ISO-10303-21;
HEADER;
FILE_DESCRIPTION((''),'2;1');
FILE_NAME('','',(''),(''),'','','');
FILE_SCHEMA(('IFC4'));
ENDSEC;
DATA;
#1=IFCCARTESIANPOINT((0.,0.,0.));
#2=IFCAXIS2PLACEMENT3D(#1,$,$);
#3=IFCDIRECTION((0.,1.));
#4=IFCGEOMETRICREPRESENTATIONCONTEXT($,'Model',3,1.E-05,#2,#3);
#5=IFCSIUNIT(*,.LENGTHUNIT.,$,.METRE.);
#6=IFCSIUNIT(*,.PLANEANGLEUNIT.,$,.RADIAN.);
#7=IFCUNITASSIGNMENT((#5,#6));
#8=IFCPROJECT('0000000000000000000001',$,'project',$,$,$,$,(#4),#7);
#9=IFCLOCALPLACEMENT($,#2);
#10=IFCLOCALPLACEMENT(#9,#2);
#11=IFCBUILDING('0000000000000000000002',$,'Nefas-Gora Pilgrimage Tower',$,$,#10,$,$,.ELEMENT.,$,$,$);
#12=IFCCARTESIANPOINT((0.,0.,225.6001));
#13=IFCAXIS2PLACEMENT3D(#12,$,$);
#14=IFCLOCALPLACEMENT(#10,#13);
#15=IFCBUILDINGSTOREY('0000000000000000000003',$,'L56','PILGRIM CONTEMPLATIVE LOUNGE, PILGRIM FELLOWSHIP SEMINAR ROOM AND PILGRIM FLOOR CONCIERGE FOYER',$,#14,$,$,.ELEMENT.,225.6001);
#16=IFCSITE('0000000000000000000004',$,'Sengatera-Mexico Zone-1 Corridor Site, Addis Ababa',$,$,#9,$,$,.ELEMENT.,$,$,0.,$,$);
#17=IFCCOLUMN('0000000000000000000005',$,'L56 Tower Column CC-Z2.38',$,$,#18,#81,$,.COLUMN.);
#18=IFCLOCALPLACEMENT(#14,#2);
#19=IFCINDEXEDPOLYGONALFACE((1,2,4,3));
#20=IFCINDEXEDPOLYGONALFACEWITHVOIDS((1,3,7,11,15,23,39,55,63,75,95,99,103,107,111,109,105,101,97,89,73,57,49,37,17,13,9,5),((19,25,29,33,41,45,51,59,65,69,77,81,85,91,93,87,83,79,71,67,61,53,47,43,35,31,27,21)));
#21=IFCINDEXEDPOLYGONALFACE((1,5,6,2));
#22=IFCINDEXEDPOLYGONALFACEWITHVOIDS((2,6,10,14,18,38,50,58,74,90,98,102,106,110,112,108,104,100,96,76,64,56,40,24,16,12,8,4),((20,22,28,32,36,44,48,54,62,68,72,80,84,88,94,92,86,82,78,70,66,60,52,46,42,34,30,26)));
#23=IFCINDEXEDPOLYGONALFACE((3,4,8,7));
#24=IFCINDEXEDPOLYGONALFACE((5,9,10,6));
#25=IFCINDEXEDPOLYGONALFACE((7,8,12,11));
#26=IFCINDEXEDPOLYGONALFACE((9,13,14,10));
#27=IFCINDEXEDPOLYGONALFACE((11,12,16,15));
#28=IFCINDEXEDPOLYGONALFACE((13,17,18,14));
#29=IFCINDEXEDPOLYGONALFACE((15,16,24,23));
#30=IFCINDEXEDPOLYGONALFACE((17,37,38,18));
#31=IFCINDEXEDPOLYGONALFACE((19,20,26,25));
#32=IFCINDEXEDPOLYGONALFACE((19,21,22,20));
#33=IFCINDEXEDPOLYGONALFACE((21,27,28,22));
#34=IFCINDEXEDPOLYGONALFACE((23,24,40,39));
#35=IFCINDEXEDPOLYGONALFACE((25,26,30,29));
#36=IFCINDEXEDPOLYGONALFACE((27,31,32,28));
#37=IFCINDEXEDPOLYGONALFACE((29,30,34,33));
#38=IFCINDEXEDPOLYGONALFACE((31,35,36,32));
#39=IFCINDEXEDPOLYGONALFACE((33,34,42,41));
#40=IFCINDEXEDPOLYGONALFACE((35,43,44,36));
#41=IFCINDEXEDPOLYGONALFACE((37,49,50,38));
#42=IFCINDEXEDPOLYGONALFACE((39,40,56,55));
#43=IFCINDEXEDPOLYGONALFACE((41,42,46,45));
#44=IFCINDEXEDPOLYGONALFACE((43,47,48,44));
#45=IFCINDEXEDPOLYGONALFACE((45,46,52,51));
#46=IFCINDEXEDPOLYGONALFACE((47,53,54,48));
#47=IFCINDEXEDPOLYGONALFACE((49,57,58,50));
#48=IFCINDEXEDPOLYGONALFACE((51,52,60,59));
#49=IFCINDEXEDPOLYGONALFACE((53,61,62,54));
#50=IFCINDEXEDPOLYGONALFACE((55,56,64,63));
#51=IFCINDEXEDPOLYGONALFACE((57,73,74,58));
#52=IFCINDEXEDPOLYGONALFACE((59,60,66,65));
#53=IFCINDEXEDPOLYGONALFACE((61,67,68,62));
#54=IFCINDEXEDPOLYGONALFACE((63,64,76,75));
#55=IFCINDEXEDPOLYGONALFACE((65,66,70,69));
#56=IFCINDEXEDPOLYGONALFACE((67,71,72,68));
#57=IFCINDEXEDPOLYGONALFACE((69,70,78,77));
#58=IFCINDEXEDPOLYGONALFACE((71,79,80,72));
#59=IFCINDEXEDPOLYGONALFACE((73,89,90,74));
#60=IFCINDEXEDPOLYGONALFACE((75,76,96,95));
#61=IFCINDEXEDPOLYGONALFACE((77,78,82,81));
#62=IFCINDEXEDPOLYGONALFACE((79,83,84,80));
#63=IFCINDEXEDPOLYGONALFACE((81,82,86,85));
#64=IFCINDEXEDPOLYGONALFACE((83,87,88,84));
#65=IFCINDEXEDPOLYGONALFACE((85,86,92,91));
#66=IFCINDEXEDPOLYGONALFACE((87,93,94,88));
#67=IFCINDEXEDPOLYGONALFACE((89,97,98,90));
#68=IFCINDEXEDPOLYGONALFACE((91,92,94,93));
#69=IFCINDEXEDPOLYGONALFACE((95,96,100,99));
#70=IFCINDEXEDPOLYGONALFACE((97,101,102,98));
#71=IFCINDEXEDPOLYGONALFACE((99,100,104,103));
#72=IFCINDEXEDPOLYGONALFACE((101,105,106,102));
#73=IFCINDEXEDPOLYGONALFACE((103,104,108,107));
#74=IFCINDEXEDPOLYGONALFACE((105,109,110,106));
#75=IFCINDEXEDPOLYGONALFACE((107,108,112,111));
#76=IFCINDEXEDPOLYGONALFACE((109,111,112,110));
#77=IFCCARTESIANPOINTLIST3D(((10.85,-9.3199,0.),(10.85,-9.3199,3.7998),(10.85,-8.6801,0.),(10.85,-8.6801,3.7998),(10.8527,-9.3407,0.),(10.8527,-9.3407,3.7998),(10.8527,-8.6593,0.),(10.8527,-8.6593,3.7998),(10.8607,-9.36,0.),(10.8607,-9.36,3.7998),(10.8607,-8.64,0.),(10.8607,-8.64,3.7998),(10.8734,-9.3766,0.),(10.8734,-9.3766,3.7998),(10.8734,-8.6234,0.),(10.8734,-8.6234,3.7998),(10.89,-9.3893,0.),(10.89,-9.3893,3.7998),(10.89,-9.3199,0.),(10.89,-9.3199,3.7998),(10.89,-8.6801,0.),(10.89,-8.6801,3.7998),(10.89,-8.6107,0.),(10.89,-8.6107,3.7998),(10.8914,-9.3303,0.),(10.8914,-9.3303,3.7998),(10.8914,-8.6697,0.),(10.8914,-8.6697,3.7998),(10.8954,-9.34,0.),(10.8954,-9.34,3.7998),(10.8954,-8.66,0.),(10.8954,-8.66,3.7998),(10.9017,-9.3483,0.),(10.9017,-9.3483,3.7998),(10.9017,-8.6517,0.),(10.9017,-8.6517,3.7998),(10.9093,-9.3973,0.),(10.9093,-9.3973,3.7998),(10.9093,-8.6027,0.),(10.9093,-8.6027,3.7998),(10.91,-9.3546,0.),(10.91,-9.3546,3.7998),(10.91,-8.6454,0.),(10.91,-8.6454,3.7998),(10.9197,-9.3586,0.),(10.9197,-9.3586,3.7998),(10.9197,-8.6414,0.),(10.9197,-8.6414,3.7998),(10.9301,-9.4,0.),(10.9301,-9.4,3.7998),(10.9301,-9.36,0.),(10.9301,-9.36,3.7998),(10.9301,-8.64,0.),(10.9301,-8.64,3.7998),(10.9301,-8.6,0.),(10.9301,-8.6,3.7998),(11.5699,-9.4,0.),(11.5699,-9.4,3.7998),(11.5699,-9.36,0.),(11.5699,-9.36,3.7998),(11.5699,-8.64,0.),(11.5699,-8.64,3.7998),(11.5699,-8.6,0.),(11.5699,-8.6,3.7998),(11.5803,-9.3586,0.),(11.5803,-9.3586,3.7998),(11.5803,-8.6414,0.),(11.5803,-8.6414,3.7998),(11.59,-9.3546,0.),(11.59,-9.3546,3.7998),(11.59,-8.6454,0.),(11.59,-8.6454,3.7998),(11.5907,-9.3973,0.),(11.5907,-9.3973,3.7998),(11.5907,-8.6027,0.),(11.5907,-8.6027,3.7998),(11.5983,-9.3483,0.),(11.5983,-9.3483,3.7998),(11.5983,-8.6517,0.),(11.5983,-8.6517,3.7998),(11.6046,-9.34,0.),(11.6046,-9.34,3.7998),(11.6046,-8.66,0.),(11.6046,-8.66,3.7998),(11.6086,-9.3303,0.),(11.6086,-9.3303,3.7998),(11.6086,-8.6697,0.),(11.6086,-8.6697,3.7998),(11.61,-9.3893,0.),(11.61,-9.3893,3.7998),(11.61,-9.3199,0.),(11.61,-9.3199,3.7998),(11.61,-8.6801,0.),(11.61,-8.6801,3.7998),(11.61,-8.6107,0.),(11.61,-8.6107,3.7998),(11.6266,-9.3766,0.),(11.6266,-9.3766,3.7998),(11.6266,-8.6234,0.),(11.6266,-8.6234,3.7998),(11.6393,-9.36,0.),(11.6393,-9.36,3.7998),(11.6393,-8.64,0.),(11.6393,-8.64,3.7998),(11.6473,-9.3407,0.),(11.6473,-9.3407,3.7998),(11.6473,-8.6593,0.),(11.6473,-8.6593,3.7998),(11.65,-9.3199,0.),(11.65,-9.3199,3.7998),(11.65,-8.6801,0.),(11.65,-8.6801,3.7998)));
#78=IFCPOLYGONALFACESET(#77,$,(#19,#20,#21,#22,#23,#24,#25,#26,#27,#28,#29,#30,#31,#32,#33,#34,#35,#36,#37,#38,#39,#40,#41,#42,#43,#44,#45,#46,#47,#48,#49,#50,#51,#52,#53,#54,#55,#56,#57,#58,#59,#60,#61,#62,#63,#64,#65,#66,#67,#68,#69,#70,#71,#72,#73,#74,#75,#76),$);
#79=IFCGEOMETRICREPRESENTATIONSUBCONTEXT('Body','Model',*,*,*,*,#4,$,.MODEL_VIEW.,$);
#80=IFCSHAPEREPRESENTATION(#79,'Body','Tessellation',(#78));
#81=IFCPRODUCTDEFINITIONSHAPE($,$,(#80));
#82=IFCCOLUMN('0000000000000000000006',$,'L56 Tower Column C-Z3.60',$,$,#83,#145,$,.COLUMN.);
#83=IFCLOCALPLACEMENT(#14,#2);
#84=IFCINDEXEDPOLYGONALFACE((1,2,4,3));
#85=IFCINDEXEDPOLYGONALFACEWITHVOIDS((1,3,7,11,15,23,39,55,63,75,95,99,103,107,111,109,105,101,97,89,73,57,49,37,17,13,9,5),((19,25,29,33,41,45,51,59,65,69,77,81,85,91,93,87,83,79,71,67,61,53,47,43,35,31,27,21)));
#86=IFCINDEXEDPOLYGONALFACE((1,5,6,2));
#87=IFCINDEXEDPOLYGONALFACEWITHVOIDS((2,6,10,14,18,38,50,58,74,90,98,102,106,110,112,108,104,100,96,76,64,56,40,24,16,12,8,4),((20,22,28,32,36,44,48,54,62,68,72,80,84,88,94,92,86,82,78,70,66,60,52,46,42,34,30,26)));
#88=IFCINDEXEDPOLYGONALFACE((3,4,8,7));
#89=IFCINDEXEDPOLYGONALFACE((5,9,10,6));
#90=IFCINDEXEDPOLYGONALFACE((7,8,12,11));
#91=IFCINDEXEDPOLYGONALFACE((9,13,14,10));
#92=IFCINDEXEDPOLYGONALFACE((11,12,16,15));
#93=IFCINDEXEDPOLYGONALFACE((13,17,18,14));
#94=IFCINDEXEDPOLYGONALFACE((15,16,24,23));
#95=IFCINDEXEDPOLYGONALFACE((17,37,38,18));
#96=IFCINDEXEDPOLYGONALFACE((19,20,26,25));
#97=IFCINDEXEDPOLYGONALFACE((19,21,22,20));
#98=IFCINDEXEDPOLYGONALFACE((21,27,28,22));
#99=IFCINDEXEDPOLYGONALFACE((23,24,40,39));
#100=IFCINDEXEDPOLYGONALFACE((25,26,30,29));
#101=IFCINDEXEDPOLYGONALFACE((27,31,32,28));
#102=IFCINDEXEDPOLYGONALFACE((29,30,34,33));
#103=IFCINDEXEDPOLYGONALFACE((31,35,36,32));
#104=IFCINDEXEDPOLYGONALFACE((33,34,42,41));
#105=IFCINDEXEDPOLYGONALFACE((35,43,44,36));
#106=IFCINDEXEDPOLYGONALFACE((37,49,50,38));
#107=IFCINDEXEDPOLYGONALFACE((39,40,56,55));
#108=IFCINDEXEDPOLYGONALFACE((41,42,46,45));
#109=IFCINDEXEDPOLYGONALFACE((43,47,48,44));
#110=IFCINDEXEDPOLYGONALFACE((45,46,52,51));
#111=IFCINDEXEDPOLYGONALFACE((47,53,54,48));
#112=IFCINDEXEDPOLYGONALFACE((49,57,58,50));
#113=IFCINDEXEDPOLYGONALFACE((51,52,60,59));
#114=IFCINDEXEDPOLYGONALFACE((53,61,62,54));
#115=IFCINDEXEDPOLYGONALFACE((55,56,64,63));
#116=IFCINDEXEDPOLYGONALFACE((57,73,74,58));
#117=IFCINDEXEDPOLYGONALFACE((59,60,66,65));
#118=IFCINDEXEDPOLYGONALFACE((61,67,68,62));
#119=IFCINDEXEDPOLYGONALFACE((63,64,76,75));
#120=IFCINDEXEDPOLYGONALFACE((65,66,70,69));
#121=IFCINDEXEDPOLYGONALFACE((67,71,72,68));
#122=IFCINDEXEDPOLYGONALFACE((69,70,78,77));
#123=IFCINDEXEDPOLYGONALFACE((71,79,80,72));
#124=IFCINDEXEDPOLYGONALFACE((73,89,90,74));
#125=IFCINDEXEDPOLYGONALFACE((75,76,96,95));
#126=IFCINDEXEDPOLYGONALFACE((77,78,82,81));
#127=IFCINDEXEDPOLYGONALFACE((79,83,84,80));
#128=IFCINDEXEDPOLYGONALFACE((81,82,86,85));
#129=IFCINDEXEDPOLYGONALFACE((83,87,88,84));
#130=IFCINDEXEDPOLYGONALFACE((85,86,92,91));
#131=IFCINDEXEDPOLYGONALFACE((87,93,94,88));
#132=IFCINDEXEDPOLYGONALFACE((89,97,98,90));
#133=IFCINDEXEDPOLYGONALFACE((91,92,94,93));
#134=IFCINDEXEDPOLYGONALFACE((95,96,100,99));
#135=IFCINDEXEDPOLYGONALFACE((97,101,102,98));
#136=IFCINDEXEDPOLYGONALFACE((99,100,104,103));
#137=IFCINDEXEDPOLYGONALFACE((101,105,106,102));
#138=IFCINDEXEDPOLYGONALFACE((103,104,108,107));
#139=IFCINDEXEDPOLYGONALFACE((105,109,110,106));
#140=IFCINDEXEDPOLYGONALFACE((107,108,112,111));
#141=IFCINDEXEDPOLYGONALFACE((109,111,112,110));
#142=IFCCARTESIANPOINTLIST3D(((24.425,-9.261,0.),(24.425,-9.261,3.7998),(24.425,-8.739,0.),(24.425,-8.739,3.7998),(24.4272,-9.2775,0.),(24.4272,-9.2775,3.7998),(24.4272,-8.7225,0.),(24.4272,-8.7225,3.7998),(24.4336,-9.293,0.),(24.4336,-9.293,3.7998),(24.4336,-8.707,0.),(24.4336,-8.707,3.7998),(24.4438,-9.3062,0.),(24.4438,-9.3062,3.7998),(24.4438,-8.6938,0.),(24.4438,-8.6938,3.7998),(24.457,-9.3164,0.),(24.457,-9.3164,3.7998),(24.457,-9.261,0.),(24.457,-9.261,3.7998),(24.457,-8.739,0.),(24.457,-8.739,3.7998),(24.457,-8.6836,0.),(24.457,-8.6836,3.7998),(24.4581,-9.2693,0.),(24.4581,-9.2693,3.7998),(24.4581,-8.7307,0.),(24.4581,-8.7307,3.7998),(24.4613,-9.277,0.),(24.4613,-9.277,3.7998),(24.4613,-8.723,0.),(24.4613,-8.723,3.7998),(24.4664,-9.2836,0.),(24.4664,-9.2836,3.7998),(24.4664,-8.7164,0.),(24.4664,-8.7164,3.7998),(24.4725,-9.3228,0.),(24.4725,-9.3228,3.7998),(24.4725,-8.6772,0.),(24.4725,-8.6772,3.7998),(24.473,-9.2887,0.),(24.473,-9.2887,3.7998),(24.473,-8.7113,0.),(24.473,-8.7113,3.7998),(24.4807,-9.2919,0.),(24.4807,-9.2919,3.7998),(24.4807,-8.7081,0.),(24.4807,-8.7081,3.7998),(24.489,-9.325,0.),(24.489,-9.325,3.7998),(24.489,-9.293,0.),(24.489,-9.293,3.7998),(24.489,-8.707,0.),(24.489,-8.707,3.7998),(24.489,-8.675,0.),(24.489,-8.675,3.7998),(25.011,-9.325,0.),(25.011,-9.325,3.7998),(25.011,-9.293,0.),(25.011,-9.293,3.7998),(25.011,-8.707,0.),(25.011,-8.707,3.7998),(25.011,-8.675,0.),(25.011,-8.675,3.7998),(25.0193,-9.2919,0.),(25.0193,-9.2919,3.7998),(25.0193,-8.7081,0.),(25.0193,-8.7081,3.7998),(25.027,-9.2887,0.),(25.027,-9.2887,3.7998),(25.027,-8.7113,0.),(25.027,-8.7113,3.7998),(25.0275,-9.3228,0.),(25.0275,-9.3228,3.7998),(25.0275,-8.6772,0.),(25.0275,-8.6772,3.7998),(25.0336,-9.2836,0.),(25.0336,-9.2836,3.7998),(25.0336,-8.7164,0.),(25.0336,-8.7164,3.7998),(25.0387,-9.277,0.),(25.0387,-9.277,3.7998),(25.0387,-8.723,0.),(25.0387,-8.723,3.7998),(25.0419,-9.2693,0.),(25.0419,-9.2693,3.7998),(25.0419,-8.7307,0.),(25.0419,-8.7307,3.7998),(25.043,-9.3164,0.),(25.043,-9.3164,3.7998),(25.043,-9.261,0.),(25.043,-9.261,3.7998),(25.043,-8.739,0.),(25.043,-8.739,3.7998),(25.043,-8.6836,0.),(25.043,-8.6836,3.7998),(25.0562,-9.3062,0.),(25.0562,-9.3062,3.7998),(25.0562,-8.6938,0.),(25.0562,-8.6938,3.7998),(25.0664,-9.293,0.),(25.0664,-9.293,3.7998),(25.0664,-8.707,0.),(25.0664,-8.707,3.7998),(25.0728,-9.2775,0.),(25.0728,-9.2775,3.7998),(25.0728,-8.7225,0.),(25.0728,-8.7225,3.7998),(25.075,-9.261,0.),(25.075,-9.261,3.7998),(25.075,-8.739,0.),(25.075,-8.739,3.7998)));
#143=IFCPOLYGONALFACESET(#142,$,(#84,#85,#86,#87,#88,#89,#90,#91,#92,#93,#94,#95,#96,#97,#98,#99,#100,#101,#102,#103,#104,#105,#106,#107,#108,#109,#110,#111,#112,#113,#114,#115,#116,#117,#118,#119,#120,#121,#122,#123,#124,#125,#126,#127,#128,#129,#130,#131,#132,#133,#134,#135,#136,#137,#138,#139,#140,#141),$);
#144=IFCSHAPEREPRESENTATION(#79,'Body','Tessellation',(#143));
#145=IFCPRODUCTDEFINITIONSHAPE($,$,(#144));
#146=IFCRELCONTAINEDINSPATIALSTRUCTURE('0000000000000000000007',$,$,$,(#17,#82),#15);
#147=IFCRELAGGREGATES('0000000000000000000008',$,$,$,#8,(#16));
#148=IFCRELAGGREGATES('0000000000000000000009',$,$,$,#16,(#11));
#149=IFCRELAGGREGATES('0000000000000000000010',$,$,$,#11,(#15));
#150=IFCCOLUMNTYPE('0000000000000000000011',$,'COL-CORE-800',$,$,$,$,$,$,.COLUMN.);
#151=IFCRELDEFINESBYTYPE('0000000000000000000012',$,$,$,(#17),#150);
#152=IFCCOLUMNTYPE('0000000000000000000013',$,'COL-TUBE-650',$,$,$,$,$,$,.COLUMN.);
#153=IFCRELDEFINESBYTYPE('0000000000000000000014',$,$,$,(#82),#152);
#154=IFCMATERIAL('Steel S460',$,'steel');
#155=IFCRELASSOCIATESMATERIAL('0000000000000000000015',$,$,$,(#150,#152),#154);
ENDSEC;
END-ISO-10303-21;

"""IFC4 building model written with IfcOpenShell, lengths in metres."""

from ifc_helpers import new_model, si_unit, direction, frame, origin, origin_2d, place, context, subcontext, project, spatial, hollow_rectangle, extrude, source, transform, mapped, material, material_profile, profile_set, type_object, element, save


model = new_model("IFC4")

# Units and contexts
model_context = context("Model", 3, precision=1e-05, world=origin(), true_north=direction((0.0, 1.0)))
body_context = subcontext(model_context, "Body", "Model", "MODEL_VIEW")
ifc_project = project(units=[si_unit("LENGTHUNIT", "METRE"), si_unit("PLANEANGLEUNIT", "RADIAN")], contexts=[model_context])

# Site, building, storey
site_placement = place(None, origin())
site = spatial("IfcSite", under=ifc_project, at=site_placement, Name="Sengatera-Mexico Zone-1 Corridor Site, Addis Ababa", CompositionType="ELEMENT", RefElevation=0.0)
building_placement = place(site_placement, origin())
building = spatial("IfcBuilding", under=site, at=building_placement, Name="Nefas-Gora Pilgrimage Tower", CompositionType="ELEMENT")
storey_placement = place(building_placement, frame((0.0, 0.0, 225.6001)))
storey = spatial("IfcBuildingStorey", under=building, at=storey_placement, Name="L56", Description="PILGRIM CONTEMPLATIVE LOUNGE, PILGRIM FELLOWSHIP SEMINAR ROOM AND PILGRIM FLOOR CONCIERGE FOYER", CompositionType="ELEMENT", Elevation=225.6001)

# Columns
ifc_material_1 = material(Name="Steel S460", Category="steel")
ifc_material_profile_1 = material_profile(ifc_material_1, hollow_rectangle(XDim=0.8, YDim=0.8, WallThickness=0.04, InnerFilletRadius=0.04, OuterFilletRadius=0.0801, at=origin_2d()), Name="BOX 800x800x40")
ifc_profile_set_1 = profile_set([ifc_material_profile_1], Name="Steel S460")
column_type_1 = type_object("IfcColumnType", Name="COL-CORE-800", PredefinedType="COLUMN", material=ifc_profile_set_1)
shared_shape_1 = source(origin(), body_context, "Body", "SweptSolid", [
    extrude(hollow_rectangle(XDim=0.8, YDim=0.8, WallThickness=0.04, InnerFilletRadius=0.04, OuterFilletRadius=0.0801, at=origin_2d()), origin(), (0.0, 0.0, 1.0), 3.7998),
])
column_placement = place(storey_placement, frame((11.25, -9.0, 0.0), z_axis=(0.0, 0.0, 1.0), x_axis=(1.0, 0.0, 0.0)))
element("IfcColumn", 1, at=column_placement, inside=storey, type_object=column_type_1, Name="L56 Tower Column CC-Z2.38", PredefinedType="COLUMN", context=body_context, shape_type="MappedRepresentation", body=[
    mapped(shared_shape_1, transform((0.0, 0.0, 0.0), x_axis=(1.0, 0.0, 0.0), y_axis=(0.0, 1.0, 0.0), z_axis=(0.0, 0.0, 1.0), scale=1.0)),
])
ifc_material_profile_2 = material_profile(ifc_material_1, hollow_rectangle(XDim=0.6499, YDim=0.6499, WallThickness=0.032, InnerFilletRadius=0.032, OuterFilletRadius=0.064, at=origin_2d()), Name="BOX 650x650x32")
ifc_profile_set_2 = profile_set([ifc_material_profile_2], Name="Steel S460")
column_type_2 = type_object("IfcColumnType", Name="COL-TUBE-650", PredefinedType="COLUMN", material=ifc_profile_set_2)
shared_shape_2 = source(origin(), body_context, "Body", "SweptSolid", [
    extrude(hollow_rectangle(XDim=0.6499, YDim=0.6499, WallThickness=0.032, InnerFilletRadius=0.032, OuterFilletRadius=0.064, at=origin_2d()), origin(), (0.0, 0.0, 1.0), 3.7998),
])
for number, where, z_axis, x_axis, name in (
    (2, (24.75, -9.0, 0.0), (0.0, 0.0, 1.0), (1.0, 0.0, 0.0), "L56 Tower Column C-Z3.60"),
):
    element("IfcColumn", number, at=place(storey_placement, frame(where, z_axis=z_axis, x_axis=x_axis)), inside=storey, type_object=column_type_2, Name=name, PredefinedType="COLUMN", context=body_context, shape_type="MappedRepresentation", body=[
        mapped(shared_shape_2, transform((0.0, 0.0, 0.0), x_axis=(1.0, 0.0, 0.0), y_axis=(0.0, 1.0, 0.0), z_axis=(0.0, 0.0, 1.0), scale=1.0)),
    ])

save(model, "model.ifc")
